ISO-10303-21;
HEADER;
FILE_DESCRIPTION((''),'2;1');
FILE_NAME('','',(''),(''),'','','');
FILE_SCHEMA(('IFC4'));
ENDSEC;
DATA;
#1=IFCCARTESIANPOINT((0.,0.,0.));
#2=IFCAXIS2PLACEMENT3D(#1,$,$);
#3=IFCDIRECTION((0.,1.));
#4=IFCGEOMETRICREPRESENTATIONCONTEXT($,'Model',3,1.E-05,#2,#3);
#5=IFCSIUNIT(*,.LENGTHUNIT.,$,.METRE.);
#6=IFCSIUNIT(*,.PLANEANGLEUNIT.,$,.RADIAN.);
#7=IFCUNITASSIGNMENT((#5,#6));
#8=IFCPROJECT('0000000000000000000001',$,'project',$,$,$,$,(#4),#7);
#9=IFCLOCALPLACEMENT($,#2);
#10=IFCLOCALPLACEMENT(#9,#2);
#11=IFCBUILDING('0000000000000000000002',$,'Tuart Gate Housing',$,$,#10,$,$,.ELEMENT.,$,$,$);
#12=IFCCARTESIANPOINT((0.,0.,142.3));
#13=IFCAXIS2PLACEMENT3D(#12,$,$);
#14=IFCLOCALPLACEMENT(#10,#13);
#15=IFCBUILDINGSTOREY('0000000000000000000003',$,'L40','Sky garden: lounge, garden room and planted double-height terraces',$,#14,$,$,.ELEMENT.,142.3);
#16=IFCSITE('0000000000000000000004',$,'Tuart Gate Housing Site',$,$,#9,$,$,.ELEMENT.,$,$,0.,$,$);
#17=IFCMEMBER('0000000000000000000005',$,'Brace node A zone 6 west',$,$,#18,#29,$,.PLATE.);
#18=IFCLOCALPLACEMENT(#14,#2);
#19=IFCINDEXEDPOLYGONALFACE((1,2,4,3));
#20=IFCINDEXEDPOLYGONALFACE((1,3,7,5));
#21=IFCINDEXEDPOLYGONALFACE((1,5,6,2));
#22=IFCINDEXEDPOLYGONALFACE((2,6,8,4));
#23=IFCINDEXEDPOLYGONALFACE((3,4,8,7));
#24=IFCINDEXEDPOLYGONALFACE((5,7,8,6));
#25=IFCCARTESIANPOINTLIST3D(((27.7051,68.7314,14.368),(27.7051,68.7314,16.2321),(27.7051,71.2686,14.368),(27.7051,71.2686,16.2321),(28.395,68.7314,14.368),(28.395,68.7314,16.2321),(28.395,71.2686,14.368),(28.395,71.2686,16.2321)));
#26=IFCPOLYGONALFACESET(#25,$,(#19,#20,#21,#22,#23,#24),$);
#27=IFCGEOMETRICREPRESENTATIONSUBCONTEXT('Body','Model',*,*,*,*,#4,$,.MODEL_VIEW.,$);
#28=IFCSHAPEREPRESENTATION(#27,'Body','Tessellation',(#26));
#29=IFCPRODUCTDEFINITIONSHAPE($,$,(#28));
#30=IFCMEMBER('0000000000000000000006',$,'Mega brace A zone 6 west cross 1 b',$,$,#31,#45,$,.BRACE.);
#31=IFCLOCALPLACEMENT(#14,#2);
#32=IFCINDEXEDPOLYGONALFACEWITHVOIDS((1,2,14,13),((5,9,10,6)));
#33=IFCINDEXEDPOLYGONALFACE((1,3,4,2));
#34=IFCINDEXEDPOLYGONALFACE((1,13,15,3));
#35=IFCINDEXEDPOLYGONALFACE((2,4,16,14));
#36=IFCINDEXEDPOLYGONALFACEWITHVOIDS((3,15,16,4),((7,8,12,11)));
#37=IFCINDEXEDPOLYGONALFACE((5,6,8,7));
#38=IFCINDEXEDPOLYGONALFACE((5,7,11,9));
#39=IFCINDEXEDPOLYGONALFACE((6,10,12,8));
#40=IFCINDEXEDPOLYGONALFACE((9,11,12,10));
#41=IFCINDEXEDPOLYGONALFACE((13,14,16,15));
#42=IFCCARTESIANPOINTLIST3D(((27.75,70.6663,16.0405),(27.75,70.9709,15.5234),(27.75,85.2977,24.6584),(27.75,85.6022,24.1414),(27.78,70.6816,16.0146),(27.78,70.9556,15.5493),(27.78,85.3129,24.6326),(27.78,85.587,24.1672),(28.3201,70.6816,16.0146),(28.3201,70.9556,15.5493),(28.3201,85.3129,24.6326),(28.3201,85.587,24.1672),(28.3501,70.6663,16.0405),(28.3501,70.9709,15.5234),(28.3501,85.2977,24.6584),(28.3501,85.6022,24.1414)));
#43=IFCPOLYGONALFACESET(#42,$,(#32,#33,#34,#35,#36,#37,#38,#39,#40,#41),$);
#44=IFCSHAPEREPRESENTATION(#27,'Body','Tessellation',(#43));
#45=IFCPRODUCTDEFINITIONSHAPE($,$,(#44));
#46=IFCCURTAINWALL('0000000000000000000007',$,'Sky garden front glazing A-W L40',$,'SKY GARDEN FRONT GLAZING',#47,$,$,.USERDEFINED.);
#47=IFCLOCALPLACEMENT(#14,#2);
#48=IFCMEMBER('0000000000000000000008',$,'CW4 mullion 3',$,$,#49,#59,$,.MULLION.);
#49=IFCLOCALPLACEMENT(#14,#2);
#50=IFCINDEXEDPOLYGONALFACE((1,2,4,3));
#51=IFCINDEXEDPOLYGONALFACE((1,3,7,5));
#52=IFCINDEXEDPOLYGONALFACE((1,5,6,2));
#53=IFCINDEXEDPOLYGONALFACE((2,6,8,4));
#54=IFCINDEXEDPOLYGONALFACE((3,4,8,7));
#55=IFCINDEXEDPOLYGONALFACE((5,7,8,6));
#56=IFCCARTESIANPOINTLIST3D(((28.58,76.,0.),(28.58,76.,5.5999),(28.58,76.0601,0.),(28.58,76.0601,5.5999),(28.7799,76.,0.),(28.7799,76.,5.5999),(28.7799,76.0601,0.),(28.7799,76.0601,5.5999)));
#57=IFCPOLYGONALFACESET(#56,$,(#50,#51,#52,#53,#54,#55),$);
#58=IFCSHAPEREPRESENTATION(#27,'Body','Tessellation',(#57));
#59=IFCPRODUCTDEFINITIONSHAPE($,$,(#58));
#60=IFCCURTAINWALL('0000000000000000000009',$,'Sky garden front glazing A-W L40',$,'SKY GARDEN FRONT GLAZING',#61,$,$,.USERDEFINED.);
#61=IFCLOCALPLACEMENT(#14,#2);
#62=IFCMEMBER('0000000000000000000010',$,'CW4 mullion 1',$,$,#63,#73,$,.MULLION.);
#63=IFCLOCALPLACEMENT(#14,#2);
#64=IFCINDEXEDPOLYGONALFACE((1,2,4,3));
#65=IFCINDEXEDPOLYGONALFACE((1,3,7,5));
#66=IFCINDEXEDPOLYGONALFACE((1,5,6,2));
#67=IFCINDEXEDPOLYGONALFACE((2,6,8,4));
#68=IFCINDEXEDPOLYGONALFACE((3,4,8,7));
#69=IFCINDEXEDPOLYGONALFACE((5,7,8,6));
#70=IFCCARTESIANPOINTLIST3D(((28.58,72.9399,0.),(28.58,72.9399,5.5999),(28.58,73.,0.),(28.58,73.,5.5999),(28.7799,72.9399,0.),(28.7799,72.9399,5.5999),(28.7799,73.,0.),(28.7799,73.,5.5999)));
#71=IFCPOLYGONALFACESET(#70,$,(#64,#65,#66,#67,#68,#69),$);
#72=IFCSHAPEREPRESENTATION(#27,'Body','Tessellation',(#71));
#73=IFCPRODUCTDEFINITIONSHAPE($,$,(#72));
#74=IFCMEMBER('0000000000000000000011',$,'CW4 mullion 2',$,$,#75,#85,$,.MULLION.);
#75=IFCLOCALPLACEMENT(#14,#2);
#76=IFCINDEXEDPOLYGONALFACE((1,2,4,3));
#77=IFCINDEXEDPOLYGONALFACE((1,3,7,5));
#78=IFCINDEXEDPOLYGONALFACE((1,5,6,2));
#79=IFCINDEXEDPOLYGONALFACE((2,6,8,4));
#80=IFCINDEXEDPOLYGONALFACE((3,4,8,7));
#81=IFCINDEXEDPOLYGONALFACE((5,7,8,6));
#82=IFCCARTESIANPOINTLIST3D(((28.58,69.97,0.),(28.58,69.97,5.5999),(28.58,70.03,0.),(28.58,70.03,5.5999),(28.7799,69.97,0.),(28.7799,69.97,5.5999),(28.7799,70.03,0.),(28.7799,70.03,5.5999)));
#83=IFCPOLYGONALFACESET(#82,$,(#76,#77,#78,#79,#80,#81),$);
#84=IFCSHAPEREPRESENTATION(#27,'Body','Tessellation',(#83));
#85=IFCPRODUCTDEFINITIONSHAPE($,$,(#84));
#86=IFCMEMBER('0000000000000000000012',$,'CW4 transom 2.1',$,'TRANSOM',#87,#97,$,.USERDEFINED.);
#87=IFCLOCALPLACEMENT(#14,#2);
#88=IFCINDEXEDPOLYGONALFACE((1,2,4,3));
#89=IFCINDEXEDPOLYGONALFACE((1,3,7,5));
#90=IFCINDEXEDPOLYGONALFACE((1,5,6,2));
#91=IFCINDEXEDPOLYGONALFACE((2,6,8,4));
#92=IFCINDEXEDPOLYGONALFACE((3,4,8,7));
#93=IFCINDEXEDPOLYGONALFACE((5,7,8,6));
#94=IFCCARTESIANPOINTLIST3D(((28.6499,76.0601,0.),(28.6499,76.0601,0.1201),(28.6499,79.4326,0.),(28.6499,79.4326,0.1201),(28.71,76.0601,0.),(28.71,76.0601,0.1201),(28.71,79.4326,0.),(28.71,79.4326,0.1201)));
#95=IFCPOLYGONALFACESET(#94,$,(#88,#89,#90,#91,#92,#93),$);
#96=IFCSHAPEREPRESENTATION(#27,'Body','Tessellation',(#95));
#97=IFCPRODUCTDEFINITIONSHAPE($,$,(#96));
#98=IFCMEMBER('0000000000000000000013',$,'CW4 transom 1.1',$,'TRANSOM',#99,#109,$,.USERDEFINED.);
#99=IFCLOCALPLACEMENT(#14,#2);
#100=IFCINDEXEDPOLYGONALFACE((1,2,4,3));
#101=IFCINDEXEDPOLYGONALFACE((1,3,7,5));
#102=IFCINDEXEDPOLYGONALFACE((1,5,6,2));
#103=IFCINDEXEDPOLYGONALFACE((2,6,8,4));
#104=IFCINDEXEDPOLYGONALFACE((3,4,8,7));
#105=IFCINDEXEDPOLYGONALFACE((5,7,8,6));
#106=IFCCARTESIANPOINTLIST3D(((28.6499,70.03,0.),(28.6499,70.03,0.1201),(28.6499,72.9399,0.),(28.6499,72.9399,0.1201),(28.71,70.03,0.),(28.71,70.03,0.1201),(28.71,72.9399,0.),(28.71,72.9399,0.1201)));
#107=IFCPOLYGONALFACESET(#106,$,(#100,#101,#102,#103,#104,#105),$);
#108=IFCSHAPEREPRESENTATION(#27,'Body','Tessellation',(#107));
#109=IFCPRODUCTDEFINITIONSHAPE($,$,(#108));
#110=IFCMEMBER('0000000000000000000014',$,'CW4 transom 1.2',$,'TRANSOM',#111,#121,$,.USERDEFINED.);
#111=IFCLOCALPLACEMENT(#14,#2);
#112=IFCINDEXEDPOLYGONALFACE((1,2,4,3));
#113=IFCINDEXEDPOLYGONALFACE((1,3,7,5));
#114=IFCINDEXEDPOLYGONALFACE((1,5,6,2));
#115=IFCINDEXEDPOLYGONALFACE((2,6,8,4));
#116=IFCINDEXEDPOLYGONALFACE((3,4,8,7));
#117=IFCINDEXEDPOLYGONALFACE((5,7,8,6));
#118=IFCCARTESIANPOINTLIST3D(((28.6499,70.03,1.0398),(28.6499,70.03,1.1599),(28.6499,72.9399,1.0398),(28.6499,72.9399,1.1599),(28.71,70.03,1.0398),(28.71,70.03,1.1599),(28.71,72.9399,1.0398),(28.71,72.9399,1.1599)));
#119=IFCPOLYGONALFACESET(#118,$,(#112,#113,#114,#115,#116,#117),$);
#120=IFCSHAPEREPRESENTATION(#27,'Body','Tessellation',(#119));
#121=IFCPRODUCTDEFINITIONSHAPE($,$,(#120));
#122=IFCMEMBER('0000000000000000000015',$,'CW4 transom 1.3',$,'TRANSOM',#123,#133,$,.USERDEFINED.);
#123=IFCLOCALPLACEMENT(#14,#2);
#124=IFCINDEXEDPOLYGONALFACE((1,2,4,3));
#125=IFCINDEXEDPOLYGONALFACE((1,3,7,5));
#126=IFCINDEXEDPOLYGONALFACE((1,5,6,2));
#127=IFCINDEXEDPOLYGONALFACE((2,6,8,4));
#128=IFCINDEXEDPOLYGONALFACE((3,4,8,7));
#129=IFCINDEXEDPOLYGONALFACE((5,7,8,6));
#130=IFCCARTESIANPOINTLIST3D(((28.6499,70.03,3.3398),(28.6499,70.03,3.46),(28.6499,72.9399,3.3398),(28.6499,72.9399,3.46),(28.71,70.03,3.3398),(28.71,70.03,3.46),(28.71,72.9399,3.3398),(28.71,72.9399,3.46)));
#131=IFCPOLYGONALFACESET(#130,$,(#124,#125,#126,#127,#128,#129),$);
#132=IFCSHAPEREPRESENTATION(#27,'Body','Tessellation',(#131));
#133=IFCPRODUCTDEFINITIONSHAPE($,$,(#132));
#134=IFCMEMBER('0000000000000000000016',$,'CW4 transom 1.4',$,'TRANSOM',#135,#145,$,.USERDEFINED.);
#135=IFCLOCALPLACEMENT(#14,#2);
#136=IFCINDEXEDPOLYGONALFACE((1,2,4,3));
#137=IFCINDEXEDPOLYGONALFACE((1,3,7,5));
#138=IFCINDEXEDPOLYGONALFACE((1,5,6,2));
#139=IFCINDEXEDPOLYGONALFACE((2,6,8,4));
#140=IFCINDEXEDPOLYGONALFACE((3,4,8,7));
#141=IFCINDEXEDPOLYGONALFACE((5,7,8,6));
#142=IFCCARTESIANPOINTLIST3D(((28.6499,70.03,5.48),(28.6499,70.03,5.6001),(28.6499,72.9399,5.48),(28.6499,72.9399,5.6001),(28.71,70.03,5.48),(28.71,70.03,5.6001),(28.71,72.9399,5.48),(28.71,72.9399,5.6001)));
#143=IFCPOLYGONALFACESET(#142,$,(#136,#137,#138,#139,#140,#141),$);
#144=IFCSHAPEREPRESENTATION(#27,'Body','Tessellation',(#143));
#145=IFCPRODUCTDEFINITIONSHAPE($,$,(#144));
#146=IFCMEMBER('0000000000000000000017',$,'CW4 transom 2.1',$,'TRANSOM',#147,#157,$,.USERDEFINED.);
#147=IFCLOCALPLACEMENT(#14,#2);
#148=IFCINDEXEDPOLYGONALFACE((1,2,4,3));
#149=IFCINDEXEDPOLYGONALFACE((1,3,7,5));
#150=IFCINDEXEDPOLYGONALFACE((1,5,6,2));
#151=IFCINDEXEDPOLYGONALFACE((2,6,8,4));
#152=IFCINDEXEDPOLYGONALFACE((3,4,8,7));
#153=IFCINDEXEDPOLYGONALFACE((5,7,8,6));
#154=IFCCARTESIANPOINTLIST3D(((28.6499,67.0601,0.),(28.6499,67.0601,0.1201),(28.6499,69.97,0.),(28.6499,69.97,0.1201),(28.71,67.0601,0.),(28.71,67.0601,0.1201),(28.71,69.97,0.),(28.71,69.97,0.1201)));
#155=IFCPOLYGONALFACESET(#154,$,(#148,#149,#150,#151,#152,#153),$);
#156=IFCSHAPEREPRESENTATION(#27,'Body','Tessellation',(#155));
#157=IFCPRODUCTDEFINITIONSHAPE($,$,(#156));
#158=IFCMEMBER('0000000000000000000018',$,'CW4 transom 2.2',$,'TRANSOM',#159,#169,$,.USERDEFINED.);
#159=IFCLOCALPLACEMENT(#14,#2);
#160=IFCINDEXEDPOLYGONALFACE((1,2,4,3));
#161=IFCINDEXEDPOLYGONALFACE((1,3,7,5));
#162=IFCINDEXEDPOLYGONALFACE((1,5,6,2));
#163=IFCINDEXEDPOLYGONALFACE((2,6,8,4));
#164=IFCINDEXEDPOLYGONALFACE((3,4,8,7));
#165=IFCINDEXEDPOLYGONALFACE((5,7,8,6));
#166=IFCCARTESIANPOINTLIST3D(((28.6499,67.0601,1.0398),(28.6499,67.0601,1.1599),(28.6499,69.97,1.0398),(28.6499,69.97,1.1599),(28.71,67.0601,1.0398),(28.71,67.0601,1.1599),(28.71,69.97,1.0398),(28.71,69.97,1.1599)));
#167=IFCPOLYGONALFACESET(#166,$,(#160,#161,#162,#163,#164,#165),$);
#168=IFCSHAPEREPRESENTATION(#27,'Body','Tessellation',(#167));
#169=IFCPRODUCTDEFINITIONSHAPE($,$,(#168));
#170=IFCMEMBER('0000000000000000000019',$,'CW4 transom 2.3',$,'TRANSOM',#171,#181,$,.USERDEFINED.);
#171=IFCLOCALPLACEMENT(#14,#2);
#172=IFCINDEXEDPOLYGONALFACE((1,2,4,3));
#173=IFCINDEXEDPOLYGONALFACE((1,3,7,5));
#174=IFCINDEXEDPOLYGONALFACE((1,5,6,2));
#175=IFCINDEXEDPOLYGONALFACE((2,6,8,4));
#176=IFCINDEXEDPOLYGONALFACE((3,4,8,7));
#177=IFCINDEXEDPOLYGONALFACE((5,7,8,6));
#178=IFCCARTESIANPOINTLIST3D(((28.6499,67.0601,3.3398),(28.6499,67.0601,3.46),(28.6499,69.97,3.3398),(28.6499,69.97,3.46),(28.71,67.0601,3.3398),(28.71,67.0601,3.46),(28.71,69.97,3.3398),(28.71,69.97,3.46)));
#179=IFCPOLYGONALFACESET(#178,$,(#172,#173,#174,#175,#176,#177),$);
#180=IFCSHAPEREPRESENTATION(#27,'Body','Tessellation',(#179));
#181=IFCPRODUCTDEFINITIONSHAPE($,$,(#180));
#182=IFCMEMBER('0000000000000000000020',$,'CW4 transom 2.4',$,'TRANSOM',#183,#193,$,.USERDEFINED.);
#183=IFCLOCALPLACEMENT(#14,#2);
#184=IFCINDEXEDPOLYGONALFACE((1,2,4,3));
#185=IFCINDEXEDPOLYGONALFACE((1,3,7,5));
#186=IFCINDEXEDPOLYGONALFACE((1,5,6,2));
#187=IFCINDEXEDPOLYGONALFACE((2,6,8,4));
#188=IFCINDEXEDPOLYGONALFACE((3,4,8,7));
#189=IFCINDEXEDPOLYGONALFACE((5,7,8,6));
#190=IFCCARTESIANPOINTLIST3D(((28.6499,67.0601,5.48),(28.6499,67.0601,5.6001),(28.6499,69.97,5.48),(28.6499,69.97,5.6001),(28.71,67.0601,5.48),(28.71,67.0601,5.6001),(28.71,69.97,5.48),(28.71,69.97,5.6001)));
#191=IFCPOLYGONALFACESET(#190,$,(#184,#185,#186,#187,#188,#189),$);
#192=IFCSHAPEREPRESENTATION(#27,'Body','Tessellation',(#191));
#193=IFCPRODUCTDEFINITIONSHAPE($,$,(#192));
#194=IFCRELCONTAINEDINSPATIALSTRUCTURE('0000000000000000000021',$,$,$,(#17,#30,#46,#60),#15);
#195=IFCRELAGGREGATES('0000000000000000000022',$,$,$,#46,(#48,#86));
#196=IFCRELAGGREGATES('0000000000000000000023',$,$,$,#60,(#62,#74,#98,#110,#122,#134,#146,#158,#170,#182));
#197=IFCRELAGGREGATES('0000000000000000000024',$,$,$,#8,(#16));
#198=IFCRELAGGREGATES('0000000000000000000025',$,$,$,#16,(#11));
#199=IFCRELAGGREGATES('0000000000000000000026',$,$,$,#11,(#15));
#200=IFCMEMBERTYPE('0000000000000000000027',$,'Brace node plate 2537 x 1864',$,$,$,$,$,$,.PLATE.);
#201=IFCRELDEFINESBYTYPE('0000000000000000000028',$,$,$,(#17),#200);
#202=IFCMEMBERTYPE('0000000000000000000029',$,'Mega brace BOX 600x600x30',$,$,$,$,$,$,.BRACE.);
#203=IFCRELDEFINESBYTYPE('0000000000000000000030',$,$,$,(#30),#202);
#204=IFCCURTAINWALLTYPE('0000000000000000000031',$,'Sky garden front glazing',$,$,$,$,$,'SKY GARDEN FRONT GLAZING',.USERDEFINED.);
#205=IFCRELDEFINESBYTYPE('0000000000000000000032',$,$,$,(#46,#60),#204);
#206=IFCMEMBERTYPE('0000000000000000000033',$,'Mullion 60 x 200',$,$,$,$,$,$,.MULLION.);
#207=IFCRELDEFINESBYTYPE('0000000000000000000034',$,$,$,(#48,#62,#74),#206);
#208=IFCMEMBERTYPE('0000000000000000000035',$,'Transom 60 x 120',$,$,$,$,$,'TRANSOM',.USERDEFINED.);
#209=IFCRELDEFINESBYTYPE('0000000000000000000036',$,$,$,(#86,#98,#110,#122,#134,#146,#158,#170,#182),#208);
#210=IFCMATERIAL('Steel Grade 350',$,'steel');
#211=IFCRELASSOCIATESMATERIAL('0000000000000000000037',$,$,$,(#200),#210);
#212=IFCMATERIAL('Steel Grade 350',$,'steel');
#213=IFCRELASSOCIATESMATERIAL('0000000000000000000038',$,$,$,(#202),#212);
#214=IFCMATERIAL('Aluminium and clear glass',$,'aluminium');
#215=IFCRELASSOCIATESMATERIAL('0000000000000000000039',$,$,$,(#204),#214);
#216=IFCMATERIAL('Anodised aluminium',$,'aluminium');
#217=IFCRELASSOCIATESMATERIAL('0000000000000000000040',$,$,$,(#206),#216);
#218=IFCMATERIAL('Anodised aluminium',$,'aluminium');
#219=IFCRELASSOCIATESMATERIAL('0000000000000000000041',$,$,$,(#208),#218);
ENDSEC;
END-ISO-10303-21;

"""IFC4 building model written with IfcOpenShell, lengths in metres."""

from ifc_helpers import new_model, si_unit, direction, frame, origin, origin_2d, place, context, subcontext, project, spatial, rectangle, hollow_rectangle, extrude, material, material_profile, profile_set, type_object, element, aggregate, save


model = new_model("IFC4")

# Units and contexts
model_context = context("Model", 3, precision=1e-05, world=origin(), true_north=direction((0.0, 1.0)))
body_context = subcontext(model_context, "Body", "Model", "MODEL_VIEW")
ifc_project = project(units=[si_unit("LENGTHUNIT", "METRE"), si_unit("PLANEANGLEUNIT", "RADIAN")], contexts=[model_context])

# Site, building, storey
site_placement = place(None, origin())
site = spatial("IfcSite", under=ifc_project, at=site_placement, Name="Tuart Gate Housing Site", CompositionType="ELEMENT", RefElevation=0.0)
building_placement = place(site_placement, origin())
building = spatial("IfcBuilding", under=site, at=building_placement, Name="Tuart Gate Housing", CompositionType="ELEMENT")
storey_placement = place(building_placement, frame((0.0, 0.0, 142.3)))
storey = spatial("IfcBuildingStorey", under=building, at=storey_placement, Name="L40", Description="Sky garden: lounge, garden room and planted double-height terraces", CompositionType="ELEMENT", Elevation=142.3)

# Members
ifc_material_1 = material(Name="Steel Grade 350", Category="steel")
ifc_material_profile_1 = material_profile(ifc_material_1, rectangle(XDim=2.5371, YDim=1.864, at=origin_2d()), Name="Brace node plate 2537 x 1864")
ifc_profile_set_1 = profile_set([ifc_material_profile_1], Name="Steel Grade 350")
member_type_1 = type_object("IfcMemberType", Name="Brace node plate 2537 x 1864", PredefinedType="PLATE", material=ifc_profile_set_1)
member_1_placement = place(storey_placement, frame((27.7051, 70.0, 15.3), z_axis=(1.0, 0.0, 0.0), x_axis=(0.0, 1.0, 0.0)))
element("IfcMember", 1, at=member_1_placement, inside=storey, type_object=member_type_1, Name="Brace node A zone 6 west", PredefinedType="PLATE", context=body_context, shape_type="SweptSolid", body=[
    extrude(rectangle(XDim=2.5371, YDim=1.864, at=origin_2d()), origin(), (0.0, 0.0, 1.0), 0.6899),
])
ifc_material_2 = material(Name="Steel Grade 350", Category="steel")
ifc_material_profile_2 = material_profile(ifc_material_2, hollow_rectangle(XDim=0.6001, YDim=0.6001, WallThickness=0.03, at=origin_2d()), Name="BOX 600x600x30")
ifc_profile_set_2 = profile_set([ifc_material_profile_2], Name="Steel Grade 350")
member_type_2 = type_object("IfcMemberType", Name="Mega brace BOX 600x600x30", PredefinedType="BRACE", material=ifc_profile_set_2)
member_2_placement = place(storey_placement, frame((28.05, 70.8186, 15.782), z_axis=(0.0, 0.861645, 0.507512), x_axis=(-1.0, 0.0, 0.0)))
element("IfcMember", 2, at=member_2_placement, inside=storey, type_object=member_type_2, Name="Mega brace A zone 6 west cross 1 b", PredefinedType="BRACE", context=body_context, shape_type="SweptSolid", body=[
    extrude(hollow_rectangle(XDim=0.6001, YDim=0.6001, WallThickness=0.03, at=origin_2d()), origin(), (0.0, 0.0, 1.0), 16.9807),
])

# Curtain wall, member
ifc_material_3 = material(Name="Aluminium and clear glass", Category="aluminium")
curtain_wall_type = type_object("IfcCurtainWallType", Name="Sky garden front glazing", ElementType="SKY GARDEN FRONT GLAZING", PredefinedType="USERDEFINED", material=ifc_material_3)
curtain_wall_1_placement = place(storey_placement, origin())
curtain_wall_1 = element("IfcCurtainWall", 3, at=curtain_wall_1_placement, inside=storey, type_object=curtain_wall_type, Name="Sky garden front glazing A-W L40", ObjectType="SKY GARDEN FRONT GLAZING", PredefinedType="USERDEFINED")
ifc_material_4 = material(Name="Anodised aluminium", Category="aluminium")
ifc_material_profile_3 = material_profile(ifc_material_4, rectangle(XDim=0.0601, YDim=0.2, at=origin_2d()), Name="60x200")
ifc_profile_set_3 = profile_set([ifc_material_profile_3], Name="Anodised aluminium")
member_type_3 = type_object("IfcMemberType", Name="Mullion 60 x 200", PredefinedType="MULLION", material=ifc_profile_set_3)
member_3_placement = place(storey_placement, frame((28.6799, 76.03, 0.0), z_axis=(0.0, 0.0, 1.0), x_axis=(0.0, -1.0, 0.0)))
member_3 = element("IfcMember", 4, at=member_3_placement, type_object=member_type_3, Name="CW4 mullion 3", PredefinedType="MULLION", context=body_context, shape_type="SweptSolid", body=[
    extrude(rectangle(XDim=0.0601, YDim=0.2, at=origin_2d()), origin(), (0.0, 0.0, 1.0), 5.5999),
])

# Curtain wall, members
curtain_wall_2_placement = place(storey_placement, origin())
curtain_wall_2 = element("IfcCurtainWall", 5, at=curtain_wall_2_placement, inside=storey, type_object=curtain_wall_type, Name="Sky garden front glazing A-W L40", ObjectType="SKY GARDEN FRONT GLAZING", PredefinedType="USERDEFINED")
member_4_placement = place(storey_placement, frame((28.6799, 72.97, 0.0), z_axis=(0.0, 0.0, 1.0), x_axis=(0.0, -1.0, 0.0)))
member_4 = element("IfcMember", 6, at=member_4_placement, type_object=member_type_3, Name="CW4 mullion 1", PredefinedType="MULLION", context=body_context, shape_type="SweptSolid", body=[
    extrude(rectangle(XDim=0.0601, YDim=0.2, at=origin_2d()), origin(), (0.0, 0.0, 1.0), 5.5999),
])
member_5_placement = place(storey_placement, frame((28.6799, 70.0, 0.0), z_axis=(0.0, 0.0, 1.0), x_axis=(0.0, -1.0, 0.0)))
member_5 = element("IfcMember", 7, at=member_5_placement, type_object=member_type_3, Name="CW4 mullion 2", PredefinedType="MULLION", context=body_context, shape_type="SweptSolid", body=[
    extrude(rectangle(XDim=0.0601, YDim=0.2, at=origin_2d()), origin(), (0.0, 0.0, 1.0), 5.5999),
])

# Members
ifc_material_5 = material(Name="Anodised aluminium", Category="aluminium")
ifc_material_profile_4 = material_profile(ifc_material_5, rectangle(XDim=0.0601, YDim=0.1201, at=origin_2d()), Name="60x120")
ifc_profile_set_4 = profile_set([ifc_material_profile_4], Name="Anodised aluminium")
member_type_4 = type_object("IfcMemberType", Name="Transom 60 x 120", ElementType="TRANSOM", PredefinedType="USERDEFINED", material=ifc_profile_set_4)
member_6_placement = place(storey_placement, frame((28.6799, 79.4326, 0.0601), z_axis=(0.0, -1.0, 0.0), x_axis=(1.0, 0.0, 0.0)))
member_6 = element("IfcMember", 8, at=member_6_placement, type_object=member_type_4, Name="CW4 transom 2.1", ObjectType="TRANSOM", PredefinedType="USERDEFINED", context=body_context, shape_type="SweptSolid", body=[
    extrude(rectangle(XDim=0.0601, YDim=0.1201, at=origin_2d()), origin(), (0.0, 0.0, 1.0), 3.3726),
])
member_7_placement = place(storey_placement, frame((28.6799, 72.9399, 0.0601), z_axis=(0.0, -1.0, 0.0), x_axis=(1.0, 0.0, 0.0)))
member_7 = element("IfcMember", 9, at=member_7_placement, type_object=member_type_4, Name="CW4 transom 1.1", ObjectType="TRANSOM", PredefinedType="USERDEFINED", context=body_context, shape_type="SweptSolid", body=[
    extrude(rectangle(XDim=0.0601, YDim=0.1201, at=origin_2d()), origin(), (0.0, 0.0, 1.0), 2.9099),
])
member_8_placement = place(storey_placement, frame((28.6799, 72.9399, 1.0999), z_axis=(0.0, -1.0, 0.0), x_axis=(1.0, 0.0, 0.0)))
member_8 = element("IfcMember", 10, at=member_8_placement, type_object=member_type_4, Name="CW4 transom 1.2", ObjectType="TRANSOM", PredefinedType="USERDEFINED", context=body_context, shape_type="SweptSolid", body=[
    extrude(rectangle(XDim=0.0601, YDim=0.1201, at=origin_2d()), origin(), (0.0, 0.0, 1.0), 2.9099),
])
member_9_placement = place(storey_placement, frame((28.6799, 72.9399, 3.3999), z_axis=(0.0, -1.0, 0.0), x_axis=(1.0, 0.0, 0.0)))
member_9 = element("IfcMember", 11, at=member_9_placement, type_object=member_type_4, Name="CW4 transom 1.3", ObjectType="TRANSOM", PredefinedType="USERDEFINED", context=body_context, shape_type="SweptSolid", body=[
    extrude(rectangle(XDim=0.0601, YDim=0.1201, at=origin_2d()), origin(), (0.0, 0.0, 1.0), 2.9099),
])
member_10_placement = place(storey_placement, frame((28.6799, 72.9399, 5.54), z_axis=(0.0, -1.0, 0.0), x_axis=(1.0, 0.0, 0.0)))
member_10 = element("IfcMember", 12, at=member_10_placement, type_object=member_type_4, Name="CW4 transom 1.4", ObjectType="TRANSOM", PredefinedType="USERDEFINED", context=body_context, shape_type="SweptSolid", body=[
    extrude(rectangle(XDim=0.0601, YDim=0.1201, at=origin_2d()), origin(), (0.0, 0.0, 1.0), 2.9099),
])
member_11_placement = place(storey_placement, frame((28.6799, 69.97, 0.0601), z_axis=(0.0, -1.0, 0.0), x_axis=(1.0, 0.0, 0.0)))
member_11 = element("IfcMember", 13, at=member_11_placement, type_object=member_type_4, Name="CW4 transom 2.1", ObjectType="TRANSOM", PredefinedType="USERDEFINED", context=body_context, shape_type="SweptSolid", body=[
    extrude(rectangle(XDim=0.0601, YDim=0.1201, at=origin_2d()), origin(), (0.0, 0.0, 1.0), 2.9099),
])
member_12_placement = place(storey_placement, frame((28.6799, 69.97, 1.0999), z_axis=(0.0, -1.0, 0.0), x_axis=(1.0, 0.0, 0.0)))
member_12 = element("IfcMember", 14, at=member_12_placement, type_object=member_type_4, Name="CW4 transom 2.2", ObjectType="TRANSOM", PredefinedType="USERDEFINED", context=body_context, shape_type="SweptSolid", body=[
    extrude(rectangle(XDim=0.0601, YDim=0.1201, at=origin_2d()), origin(), (0.0, 0.0, 1.0), 2.9099),
])
member_13_placement = place(storey_placement, frame((28.6799, 69.97, 3.3999), z_axis=(0.0, -1.0, 0.0), x_axis=(1.0, 0.0, 0.0)))
member_13 = element("IfcMember", 15, at=member_13_placement, type_object=member_type_4, Name="CW4 transom 2.3", ObjectType="TRANSOM", PredefinedType="USERDEFINED", context=body_context, shape_type="SweptSolid", body=[
    extrude(rectangle(XDim=0.0601, YDim=0.1201, at=origin_2d()), origin(), (0.0, 0.0, 1.0), 2.9099),
])
member_14_placement = place(storey_placement, frame((28.6799, 69.97, 5.54), z_axis=(0.0, -1.0, 0.0), x_axis=(1.0, 0.0, 0.0)))
member_14 = element("IfcMember", 16, at=member_14_placement, type_object=member_type_4, Name="CW4 transom 2.4", ObjectType="TRANSOM", PredefinedType="USERDEFINED", context=body_context, shape_type="SweptSolid", body=[
    extrude(rectangle(XDim=0.0601, YDim=0.1201, at=origin_2d()), origin(), (0.0, 0.0, 1.0), 2.9099),
])

aggregate(curtain_wall_1, [member_3, member_6])
aggregate(curtain_wall_2, [member_4, member_5, member_7, member_8, member_9, member_10, member_11, member_12, member_13, member_14])

save(model, "model.ifc")
